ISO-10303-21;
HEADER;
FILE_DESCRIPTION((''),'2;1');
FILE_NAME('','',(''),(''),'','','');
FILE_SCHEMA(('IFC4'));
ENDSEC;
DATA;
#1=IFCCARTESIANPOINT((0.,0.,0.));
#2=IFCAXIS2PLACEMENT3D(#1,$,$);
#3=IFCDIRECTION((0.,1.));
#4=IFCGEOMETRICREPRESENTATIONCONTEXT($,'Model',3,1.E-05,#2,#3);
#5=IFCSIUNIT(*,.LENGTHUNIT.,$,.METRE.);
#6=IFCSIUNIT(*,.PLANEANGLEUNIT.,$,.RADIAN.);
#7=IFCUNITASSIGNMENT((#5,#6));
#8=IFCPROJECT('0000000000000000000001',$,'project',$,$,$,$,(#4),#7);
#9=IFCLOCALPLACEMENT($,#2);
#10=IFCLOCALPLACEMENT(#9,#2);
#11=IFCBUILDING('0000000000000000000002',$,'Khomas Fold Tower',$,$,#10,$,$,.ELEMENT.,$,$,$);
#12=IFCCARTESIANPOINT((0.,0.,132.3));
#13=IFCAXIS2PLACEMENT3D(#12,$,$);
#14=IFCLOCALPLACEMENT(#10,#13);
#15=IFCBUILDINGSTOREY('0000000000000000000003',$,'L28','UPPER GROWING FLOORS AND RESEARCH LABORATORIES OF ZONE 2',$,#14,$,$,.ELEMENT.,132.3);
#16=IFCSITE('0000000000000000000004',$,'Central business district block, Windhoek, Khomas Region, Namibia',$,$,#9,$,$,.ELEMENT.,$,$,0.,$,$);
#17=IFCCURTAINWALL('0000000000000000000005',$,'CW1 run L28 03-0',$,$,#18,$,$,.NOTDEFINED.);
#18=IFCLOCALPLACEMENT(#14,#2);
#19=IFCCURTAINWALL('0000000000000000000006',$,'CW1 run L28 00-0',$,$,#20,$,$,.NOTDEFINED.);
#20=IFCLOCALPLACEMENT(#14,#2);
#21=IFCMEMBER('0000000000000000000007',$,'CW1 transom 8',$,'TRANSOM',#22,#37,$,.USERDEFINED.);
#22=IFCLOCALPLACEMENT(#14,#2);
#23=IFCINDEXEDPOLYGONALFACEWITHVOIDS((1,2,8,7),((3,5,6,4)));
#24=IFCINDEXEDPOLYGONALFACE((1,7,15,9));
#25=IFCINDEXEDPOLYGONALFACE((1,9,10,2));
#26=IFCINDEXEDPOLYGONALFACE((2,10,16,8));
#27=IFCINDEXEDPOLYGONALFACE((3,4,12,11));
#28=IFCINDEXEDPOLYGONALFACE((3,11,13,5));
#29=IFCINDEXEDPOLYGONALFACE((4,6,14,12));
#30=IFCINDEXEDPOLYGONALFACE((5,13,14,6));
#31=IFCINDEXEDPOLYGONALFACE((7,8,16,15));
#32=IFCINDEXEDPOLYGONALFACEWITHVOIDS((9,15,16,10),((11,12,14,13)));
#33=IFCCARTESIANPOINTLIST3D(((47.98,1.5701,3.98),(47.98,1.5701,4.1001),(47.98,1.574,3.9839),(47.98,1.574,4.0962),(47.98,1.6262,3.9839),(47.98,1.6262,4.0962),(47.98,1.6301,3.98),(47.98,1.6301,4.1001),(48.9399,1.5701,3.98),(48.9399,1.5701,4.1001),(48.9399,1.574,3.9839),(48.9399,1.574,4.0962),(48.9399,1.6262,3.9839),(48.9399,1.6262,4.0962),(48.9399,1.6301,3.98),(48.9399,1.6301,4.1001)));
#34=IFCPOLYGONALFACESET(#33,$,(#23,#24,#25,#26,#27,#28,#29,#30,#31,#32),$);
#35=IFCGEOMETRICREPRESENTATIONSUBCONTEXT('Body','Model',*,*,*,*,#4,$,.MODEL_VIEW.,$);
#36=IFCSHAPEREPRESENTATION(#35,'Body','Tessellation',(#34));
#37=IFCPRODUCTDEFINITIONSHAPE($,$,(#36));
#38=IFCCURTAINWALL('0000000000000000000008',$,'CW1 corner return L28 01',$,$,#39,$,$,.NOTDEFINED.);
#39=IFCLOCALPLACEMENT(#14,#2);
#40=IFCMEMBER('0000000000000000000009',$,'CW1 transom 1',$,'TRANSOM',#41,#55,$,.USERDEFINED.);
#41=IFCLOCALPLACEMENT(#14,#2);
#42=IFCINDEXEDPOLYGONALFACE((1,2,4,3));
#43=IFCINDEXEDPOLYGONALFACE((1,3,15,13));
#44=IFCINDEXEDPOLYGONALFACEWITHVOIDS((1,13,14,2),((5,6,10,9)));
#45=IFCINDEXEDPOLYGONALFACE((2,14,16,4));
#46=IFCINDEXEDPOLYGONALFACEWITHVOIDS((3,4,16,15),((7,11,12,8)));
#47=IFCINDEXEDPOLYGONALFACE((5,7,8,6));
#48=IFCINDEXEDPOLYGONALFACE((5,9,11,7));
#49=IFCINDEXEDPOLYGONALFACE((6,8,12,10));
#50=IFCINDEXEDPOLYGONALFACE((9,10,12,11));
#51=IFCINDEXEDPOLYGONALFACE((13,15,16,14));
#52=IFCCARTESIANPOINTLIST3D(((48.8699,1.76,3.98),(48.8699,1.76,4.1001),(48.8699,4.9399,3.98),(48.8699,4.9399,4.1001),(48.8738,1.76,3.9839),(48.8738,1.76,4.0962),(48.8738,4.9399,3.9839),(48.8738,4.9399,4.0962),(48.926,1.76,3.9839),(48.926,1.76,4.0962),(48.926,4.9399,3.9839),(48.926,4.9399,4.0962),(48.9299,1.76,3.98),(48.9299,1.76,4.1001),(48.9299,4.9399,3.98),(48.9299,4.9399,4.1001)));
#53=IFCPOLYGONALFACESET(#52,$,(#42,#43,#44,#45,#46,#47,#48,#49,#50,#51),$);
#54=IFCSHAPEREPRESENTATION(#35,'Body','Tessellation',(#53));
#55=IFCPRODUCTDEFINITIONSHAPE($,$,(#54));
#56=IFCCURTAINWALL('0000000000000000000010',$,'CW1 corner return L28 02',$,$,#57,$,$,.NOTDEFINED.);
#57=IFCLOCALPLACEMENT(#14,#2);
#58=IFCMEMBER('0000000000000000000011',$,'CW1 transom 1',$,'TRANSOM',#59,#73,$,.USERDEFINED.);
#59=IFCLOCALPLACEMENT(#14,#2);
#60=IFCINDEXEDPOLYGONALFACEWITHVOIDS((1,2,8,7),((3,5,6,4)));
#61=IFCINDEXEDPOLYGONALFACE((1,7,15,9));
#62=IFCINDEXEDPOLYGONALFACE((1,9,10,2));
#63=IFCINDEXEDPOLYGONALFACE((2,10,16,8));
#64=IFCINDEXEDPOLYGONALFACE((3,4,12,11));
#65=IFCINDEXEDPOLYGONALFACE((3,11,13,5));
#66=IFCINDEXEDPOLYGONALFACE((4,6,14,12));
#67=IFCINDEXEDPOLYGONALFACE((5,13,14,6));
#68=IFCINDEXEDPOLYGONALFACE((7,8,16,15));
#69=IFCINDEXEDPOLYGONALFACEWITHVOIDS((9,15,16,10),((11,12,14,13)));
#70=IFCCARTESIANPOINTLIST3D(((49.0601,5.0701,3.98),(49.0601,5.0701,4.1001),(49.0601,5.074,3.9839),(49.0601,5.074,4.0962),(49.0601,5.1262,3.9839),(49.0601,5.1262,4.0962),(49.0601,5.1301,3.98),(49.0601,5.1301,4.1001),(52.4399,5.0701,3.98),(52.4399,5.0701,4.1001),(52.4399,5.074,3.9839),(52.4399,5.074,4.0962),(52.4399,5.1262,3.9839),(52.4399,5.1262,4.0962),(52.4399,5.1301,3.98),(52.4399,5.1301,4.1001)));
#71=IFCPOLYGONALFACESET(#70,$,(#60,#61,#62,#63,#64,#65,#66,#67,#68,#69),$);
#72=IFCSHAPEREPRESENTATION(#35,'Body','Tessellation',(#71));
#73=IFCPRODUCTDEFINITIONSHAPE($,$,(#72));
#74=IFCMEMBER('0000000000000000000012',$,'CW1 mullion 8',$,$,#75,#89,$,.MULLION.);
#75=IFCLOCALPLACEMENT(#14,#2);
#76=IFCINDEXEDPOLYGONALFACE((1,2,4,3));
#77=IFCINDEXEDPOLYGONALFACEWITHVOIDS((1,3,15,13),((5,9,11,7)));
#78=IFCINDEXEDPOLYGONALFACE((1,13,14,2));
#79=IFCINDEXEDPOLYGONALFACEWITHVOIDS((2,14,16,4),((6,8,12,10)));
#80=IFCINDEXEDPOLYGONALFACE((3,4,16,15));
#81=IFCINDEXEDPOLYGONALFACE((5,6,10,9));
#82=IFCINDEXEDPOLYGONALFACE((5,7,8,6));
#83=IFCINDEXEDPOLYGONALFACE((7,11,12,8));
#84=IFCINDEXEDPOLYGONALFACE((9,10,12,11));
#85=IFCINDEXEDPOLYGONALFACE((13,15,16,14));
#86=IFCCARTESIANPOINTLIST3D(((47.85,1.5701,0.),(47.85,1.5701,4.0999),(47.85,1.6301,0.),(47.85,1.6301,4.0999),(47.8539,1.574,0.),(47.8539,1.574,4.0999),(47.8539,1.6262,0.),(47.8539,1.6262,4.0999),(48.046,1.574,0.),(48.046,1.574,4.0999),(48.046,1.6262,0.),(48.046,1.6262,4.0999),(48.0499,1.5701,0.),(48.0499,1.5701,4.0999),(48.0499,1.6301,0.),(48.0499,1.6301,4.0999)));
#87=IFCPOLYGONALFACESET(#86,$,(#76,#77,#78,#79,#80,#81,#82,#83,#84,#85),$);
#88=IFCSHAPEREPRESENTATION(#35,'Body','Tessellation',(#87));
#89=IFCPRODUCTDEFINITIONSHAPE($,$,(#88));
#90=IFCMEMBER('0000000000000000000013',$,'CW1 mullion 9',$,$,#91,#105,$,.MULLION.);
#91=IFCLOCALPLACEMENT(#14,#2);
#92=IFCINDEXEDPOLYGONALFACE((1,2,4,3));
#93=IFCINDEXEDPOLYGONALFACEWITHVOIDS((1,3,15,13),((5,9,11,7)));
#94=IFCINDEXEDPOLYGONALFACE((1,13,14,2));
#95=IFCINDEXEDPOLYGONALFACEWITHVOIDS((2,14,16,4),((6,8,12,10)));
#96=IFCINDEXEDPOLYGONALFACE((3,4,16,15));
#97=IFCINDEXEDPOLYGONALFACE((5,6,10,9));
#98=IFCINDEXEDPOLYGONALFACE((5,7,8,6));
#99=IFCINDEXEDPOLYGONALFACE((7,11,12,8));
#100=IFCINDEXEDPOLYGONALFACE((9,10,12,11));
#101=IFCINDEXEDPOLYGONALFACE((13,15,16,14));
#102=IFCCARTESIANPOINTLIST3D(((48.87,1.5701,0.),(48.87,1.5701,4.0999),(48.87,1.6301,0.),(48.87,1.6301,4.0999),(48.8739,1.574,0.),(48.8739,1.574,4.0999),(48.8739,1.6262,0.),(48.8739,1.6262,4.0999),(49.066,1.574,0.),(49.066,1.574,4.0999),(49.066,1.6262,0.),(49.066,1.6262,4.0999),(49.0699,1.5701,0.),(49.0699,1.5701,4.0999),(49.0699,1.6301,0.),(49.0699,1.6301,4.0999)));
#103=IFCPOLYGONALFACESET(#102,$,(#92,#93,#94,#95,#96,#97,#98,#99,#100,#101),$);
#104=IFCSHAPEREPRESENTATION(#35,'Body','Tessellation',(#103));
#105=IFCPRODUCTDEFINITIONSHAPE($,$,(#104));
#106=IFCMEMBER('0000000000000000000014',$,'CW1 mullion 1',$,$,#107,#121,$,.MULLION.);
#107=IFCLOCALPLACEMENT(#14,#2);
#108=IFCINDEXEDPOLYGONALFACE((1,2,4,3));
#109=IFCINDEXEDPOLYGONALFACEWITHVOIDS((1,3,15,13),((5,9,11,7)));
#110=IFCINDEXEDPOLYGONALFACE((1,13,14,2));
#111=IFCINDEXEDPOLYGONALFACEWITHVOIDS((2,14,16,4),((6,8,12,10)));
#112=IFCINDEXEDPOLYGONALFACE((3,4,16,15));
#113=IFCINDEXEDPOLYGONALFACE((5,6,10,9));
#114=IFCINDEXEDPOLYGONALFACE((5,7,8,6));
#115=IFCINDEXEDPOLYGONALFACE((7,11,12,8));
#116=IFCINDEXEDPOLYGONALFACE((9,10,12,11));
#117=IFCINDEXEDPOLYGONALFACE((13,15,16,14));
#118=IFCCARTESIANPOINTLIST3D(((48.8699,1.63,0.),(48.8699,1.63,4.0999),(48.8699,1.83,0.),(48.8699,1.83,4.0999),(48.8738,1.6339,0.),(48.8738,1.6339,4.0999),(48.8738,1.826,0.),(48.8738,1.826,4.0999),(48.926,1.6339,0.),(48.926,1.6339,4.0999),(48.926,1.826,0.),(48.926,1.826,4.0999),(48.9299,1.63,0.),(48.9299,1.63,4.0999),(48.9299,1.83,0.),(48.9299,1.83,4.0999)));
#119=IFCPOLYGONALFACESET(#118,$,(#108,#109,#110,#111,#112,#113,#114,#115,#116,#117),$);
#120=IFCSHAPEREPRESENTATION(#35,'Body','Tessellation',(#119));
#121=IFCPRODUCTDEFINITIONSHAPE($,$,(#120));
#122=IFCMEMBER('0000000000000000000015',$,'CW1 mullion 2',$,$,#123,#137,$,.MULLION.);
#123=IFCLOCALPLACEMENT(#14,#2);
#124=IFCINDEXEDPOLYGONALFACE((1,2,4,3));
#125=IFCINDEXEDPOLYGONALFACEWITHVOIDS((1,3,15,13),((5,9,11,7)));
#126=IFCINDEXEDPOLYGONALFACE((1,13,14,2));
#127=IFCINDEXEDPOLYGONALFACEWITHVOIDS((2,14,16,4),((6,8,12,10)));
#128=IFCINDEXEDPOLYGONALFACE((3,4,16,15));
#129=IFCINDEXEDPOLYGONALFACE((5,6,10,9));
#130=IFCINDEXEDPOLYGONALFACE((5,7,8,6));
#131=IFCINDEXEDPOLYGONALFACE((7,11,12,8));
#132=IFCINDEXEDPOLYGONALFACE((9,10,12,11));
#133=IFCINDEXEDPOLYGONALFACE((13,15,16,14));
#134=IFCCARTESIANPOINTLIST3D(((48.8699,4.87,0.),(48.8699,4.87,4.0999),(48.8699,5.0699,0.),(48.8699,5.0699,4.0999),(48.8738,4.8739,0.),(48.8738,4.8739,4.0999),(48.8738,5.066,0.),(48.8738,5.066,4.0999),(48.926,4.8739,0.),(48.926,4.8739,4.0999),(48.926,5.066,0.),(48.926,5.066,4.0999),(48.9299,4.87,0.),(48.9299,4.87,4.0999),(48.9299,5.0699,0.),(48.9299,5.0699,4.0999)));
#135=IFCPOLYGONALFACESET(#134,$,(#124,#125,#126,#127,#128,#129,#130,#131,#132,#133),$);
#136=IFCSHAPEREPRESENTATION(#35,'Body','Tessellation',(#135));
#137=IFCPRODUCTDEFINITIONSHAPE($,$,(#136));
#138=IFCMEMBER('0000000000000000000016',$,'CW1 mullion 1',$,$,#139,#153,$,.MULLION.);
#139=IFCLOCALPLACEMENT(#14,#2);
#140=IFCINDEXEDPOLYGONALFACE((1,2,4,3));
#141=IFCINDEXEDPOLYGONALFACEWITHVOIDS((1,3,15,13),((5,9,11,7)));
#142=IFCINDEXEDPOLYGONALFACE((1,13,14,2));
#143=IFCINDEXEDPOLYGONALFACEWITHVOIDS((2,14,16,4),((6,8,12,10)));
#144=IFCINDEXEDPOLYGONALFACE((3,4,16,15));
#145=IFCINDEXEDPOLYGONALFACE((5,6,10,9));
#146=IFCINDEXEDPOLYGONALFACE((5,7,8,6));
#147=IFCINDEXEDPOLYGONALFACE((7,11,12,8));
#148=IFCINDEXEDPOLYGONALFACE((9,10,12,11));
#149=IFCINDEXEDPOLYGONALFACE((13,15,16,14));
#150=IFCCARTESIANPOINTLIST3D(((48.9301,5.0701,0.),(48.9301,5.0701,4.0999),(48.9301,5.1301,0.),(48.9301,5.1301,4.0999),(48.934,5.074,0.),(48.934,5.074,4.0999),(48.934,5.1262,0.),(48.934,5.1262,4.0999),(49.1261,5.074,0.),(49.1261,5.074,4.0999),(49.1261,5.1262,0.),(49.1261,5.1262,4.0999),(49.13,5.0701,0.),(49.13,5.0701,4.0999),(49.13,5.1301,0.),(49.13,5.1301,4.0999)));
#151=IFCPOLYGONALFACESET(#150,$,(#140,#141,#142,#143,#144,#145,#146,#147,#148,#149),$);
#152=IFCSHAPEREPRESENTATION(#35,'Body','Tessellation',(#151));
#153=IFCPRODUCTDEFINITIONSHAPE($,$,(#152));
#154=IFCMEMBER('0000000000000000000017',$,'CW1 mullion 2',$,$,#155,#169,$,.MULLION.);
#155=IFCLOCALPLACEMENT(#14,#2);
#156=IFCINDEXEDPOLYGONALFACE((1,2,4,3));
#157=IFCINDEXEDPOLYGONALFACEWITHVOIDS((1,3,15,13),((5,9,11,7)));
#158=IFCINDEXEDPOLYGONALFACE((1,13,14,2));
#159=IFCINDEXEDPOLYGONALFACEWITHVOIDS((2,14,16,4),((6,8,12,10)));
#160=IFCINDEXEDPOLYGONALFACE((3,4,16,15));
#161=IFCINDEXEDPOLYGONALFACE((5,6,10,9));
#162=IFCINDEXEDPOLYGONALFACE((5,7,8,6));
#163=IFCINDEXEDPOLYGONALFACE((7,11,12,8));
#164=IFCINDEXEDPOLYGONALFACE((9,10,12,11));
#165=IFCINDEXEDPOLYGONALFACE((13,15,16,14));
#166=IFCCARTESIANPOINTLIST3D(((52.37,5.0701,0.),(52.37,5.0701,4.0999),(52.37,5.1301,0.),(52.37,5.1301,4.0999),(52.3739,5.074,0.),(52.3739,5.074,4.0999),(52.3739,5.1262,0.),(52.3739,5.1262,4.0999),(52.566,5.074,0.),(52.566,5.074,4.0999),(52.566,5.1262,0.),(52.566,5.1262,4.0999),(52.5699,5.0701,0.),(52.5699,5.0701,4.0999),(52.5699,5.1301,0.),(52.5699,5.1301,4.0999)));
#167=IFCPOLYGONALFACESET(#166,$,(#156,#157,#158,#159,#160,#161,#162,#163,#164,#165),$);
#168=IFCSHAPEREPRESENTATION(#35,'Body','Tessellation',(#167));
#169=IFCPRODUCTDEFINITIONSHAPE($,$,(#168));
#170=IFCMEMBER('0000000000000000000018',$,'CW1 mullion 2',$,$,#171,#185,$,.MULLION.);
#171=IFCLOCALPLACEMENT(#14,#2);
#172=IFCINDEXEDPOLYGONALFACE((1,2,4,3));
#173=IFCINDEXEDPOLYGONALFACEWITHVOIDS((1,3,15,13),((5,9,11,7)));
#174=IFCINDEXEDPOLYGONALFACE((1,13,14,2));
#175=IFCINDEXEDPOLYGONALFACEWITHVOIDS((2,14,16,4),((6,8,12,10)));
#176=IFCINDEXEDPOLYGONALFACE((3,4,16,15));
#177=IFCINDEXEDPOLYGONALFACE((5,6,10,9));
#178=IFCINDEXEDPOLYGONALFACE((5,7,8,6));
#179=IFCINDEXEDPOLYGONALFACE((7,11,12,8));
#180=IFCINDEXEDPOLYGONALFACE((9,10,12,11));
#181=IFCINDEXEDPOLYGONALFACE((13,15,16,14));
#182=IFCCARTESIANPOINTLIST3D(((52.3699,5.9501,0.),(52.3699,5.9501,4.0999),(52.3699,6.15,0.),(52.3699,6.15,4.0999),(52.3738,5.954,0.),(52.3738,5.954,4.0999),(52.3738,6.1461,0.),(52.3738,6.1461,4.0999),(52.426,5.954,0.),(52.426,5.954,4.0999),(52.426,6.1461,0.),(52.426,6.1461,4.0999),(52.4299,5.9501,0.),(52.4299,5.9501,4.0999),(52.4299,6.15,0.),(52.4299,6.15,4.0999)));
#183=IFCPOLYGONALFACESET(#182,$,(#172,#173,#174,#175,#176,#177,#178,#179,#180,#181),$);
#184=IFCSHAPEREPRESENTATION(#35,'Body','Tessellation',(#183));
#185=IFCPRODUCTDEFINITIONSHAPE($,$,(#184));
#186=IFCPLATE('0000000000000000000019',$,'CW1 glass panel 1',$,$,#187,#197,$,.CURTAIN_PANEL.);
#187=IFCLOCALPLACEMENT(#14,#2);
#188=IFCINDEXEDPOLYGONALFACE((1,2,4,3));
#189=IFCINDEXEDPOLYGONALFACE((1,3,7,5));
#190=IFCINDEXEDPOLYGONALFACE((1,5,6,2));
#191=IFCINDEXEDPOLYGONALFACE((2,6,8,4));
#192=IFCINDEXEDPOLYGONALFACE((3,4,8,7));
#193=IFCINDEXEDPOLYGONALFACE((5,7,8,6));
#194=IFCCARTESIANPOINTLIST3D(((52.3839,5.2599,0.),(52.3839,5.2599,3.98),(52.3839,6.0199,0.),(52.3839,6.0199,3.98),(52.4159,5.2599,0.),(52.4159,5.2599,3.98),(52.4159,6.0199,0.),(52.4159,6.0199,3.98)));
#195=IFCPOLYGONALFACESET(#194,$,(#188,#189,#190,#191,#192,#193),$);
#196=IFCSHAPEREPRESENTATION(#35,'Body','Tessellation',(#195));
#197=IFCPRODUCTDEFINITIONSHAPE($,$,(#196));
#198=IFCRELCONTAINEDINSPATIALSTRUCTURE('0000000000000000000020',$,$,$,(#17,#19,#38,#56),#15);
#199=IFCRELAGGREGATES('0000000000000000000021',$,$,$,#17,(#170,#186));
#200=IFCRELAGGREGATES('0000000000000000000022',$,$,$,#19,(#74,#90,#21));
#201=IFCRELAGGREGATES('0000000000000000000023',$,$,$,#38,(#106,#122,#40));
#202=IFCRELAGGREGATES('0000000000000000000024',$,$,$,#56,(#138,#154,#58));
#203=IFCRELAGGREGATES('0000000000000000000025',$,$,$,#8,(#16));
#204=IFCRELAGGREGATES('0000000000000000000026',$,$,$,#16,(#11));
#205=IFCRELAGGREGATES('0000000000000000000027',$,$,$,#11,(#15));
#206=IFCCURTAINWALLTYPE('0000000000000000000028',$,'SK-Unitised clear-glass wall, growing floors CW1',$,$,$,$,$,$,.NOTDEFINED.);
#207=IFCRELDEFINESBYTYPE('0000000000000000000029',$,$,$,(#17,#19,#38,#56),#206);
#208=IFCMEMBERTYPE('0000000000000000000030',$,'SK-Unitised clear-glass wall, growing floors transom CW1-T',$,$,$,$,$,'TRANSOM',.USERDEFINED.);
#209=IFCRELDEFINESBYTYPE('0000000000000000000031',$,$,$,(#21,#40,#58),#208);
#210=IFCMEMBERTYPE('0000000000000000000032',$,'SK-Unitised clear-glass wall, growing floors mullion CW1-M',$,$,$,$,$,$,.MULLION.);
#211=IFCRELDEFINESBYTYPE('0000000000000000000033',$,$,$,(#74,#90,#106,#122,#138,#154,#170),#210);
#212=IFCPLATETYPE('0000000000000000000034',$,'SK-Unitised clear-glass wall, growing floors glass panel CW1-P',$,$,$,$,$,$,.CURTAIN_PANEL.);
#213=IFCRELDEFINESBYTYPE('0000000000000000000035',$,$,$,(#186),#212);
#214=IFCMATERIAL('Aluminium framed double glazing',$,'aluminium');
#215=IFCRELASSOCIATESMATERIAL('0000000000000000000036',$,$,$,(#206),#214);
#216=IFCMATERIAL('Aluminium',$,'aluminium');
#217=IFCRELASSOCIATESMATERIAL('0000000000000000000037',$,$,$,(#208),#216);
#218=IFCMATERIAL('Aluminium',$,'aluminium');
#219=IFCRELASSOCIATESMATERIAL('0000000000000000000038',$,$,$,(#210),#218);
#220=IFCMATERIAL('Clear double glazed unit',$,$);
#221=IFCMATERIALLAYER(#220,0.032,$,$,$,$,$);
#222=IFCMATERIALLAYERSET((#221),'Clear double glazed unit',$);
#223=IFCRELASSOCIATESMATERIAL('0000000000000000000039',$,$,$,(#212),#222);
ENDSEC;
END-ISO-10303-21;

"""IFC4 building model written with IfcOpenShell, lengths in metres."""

from ifc_helpers import new_model, si_unit, direction, frame, origin, origin_2d, place, context, subcontext, project, spatial, rectangle, hollow_rectangle, extrude, source, transform, mapped, material, layer, layer_set, material_profile, profile_set, type_object, element, aggregate, save


model = new_model("IFC4")

# Units and contexts
model_context = context("Model", 3, precision=1e-05, world=origin(), true_north=direction((0.0, 1.0)))
body_context = subcontext(model_context, "Body", "Model", "MODEL_VIEW")
ifc_project = project(units=[si_unit("LENGTHUNIT", "METRE"), si_unit("PLANEANGLEUNIT", "RADIAN")], contexts=[model_context])

# Site, building, storey
site_placement = place(None, origin())
site = spatial("IfcSite", under=ifc_project, at=site_placement, Name="Central business district block, Windhoek, Khomas Region, Namibia", CompositionType="ELEMENT", RefElevation=0.0)
building_placement = place(site_placement, origin())
building = spatial("IfcBuilding", under=site, at=building_placement, Name="Khomas Fold Tower", CompositionType="ELEMENT")
storey_placement = place(building_placement, frame((0.0, 0.0, 132.3)))
storey = spatial("IfcBuildingStorey", under=building, at=storey_placement, Name="L28", Description="UPPER GROWING FLOORS AND RESEARCH LABORATORIES OF ZONE 2", CompositionType="ELEMENT", Elevation=132.3)

# Curtain wall
ifc_material_1 = material(Name="Aluminium framed double glazing", Category="aluminium")
curtain_wall_type = type_object("IfcCurtainWallType", Name="SK-Unitised clear-glass wall, growing floors CW1", PredefinedType="NOTDEFINED", material=ifc_material_1)
curtain_wall_1_placement = place(storey_placement, origin())
curtain_wall_1 = element("IfcCurtainWall", 1, at=curtain_wall_1_placement, inside=storey, type_object=curtain_wall_type, Name="CW1 run L28 03-0", PredefinedType="NOTDEFINED")
ifc_material_2 = material(Name="Aluminium", Category="aluminium")
ifc_material_profile_1 = material_profile(ifc_material_2, hollow_rectangle(XDim=0.0601, YDim=0.1201, WallThickness=0.0039, at=origin_2d()), Name="SK-Unitised clear-glass wall, growing floors transom CW1-T")
ifc_profile_set_1 = profile_set([ifc_material_profile_1], Name="Aluminium")
member_type_1 = type_object("IfcMemberType", Name="SK-Unitised clear-glass wall, growing floors transom CW1-T", ElementType="TRANSOM", PredefinedType="USERDEFINED", material=ifc_profile_set_1)

# Curtain walls, members
curtain_wall_2_placement = place(storey_placement, origin())
curtain_wall_2 = element("IfcCurtainWall", 2, at=curtain_wall_2_placement, inside=storey, type_object=curtain_wall_type, Name="CW1 run L28 00-0", PredefinedType="NOTDEFINED")
shared_shape_1 = source(origin(), body_context, "Body", "SweptSolid", [
    extrude(hollow_rectangle(XDim=0.0601, YDim=0.1201, WallThickness=0.0039, at=origin_2d()), origin(), (0.0, 0.0, 1.0), 0.96),
])
member_1_placement = place(storey_placement, frame((47.98, 1.6001, 4.04), z_axis=(1.0, 0.0, 0.0), x_axis=(0.0, 1.0, 0.0)))
member_1 = element("IfcMember", 3, at=member_1_placement, type_object=member_type_1, Name="CW1 transom 8", ObjectType="TRANSOM", PredefinedType="USERDEFINED", context=body_context, shape_type="MappedRepresentation", body=[
    mapped(shared_shape_1, transform((0.0, 0.0, 0.0))),
])
curtain_wall_3_placement = place(storey_placement, origin())
curtain_wall_3 = element("IfcCurtainWall", 4, at=curtain_wall_3_placement, inside=storey, type_object=curtain_wall_type, Name="CW1 corner return L28 01", PredefinedType="NOTDEFINED")
shared_shape_2 = source(origin(), body_context, "Body", "SweptSolid", [
    extrude(hollow_rectangle(XDim=0.0601, YDim=0.1201, WallThickness=0.0039, at=origin_2d()), origin(), (0.0, 0.0, 1.0), 3.1799),
])
member_2_placement = place(storey_placement, frame((48.8999, 1.76, 4.04), z_axis=(0.0, 1.0, 0.0), x_axis=(-1.0, 0.0, 0.0)))
member_2 = element("IfcMember", 5, at=member_2_placement, type_object=member_type_1, Name="CW1 transom 1", ObjectType="TRANSOM", PredefinedType="USERDEFINED", context=body_context, shape_type="MappedRepresentation", body=[
    mapped(shared_shape_2, transform((0.0, 0.0, 0.0))),
])
curtain_wall_4_placement = place(storey_placement, origin())
curtain_wall_4 = element("IfcCurtainWall", 6, at=curtain_wall_4_placement, inside=storey, type_object=curtain_wall_type, Name="CW1 corner return L28 02", PredefinedType="NOTDEFINED")
shared_shape_3 = source(origin(), body_context, "Body", "SweptSolid", [
    extrude(hollow_rectangle(XDim=0.0601, YDim=0.1201, WallThickness=0.0039, at=origin_2d()), origin(), (0.0, 0.0, 1.0), 3.3799),
])
member_3_placement = place(storey_placement, frame((49.0601, 5.1001, 4.04), z_axis=(1.0, 0.0, 0.0), x_axis=(0.0, 1.0, 0.0)))
member_3 = element("IfcMember", 7, at=member_3_placement, type_object=member_type_1, Name="CW1 transom 1", ObjectType="TRANSOM", PredefinedType="USERDEFINED", context=body_context, shape_type="MappedRepresentation", body=[
    mapped(shared_shape_3, transform((0.0, 0.0, 0.0))),
])

# Members
ifc_material_3 = material(Name="Aluminium", Category="aluminium")
ifc_material_profile_2 = material_profile(ifc_material_3, hollow_rectangle(XDim=0.0601, YDim=0.2, WallThickness=0.0039, at=origin_2d()), Name="SK-Unitised clear-glass wall, growing floors mullion CW1-M")
ifc_profile_set_2 = profile_set([ifc_material_profile_2], Name="Aluminium")
member_type_2 = type_object("IfcMemberType", Name="SK-Unitised clear-glass wall, growing floors mullion CW1-M", PredefinedType="MULLION", material=ifc_profile_set_2)
shared_shape_4 = source(origin(), body_context, "Body", "SweptSolid", [
    extrude(hollow_rectangle(XDim=0.0601, YDim=0.2, WallThickness=0.0039, at=origin_2d()), origin(), (0.0, 0.0, 1.0), 4.0999),
])
member_4_placement = place(storey_placement, frame((47.95, 1.6001, 0.0), z_axis=(0.0, 0.0, 1.0), x_axis=(0.0, 1.0, 0.0)))
member_4 = element("IfcMember", 8, at=member_4_placement, type_object=member_type_2, Name="CW1 mullion 8", PredefinedType="MULLION", context=body_context, shape_type="MappedRepresentation", body=[
    mapped(shared_shape_4, transform((0.0, 0.0, 0.0))),
])
member_5_placement = place(storey_placement, frame((48.97, 1.6001, 0.0), z_axis=(0.0, 0.0, 1.0), x_axis=(0.0, 1.0, 0.0)))
member_5 = element("IfcMember", 9, at=member_5_placement, type_object=member_type_2, Name="CW1 mullion 9", PredefinedType="MULLION", context=body_context, shape_type="MappedRepresentation", body=[
    mapped(shared_shape_4, transform((0.0, 0.0, 0.0))),
])
member_6_placement = place(storey_placement, frame((48.8999, 1.73, 0.0), z_axis=(0.0, 0.0, 1.0), x_axis=(-1.0, 0.0, 0.0)))
member_6 = element("IfcMember", 10, at=member_6_placement, type_object=member_type_2, Name="CW1 mullion 1", PredefinedType="MULLION", context=body_context, shape_type="MappedRepresentation", body=[
    mapped(shared_shape_4, transform((0.0, 0.0, 0.0))),
])
member_7_placement = place(storey_placement, frame((48.8999, 4.97, 0.0), z_axis=(0.0, 0.0, 1.0), x_axis=(-1.0, 0.0, 0.0)))
member_7 = element("IfcMember", 11, at=member_7_placement, type_object=member_type_2, Name="CW1 mullion 2", PredefinedType="MULLION", context=body_context, shape_type="MappedRepresentation", body=[
    mapped(shared_shape_4, transform((0.0, 0.0, 0.0))),
])
member_8_placement = place(storey_placement, frame((49.03, 5.1001, 0.0), z_axis=(0.0, 0.0, 1.0), x_axis=(0.0, 1.0, 0.0)))
member_8 = element("IfcMember", 12, at=member_8_placement, type_object=member_type_2, Name="CW1 mullion 1", PredefinedType="MULLION", context=body_context, shape_type="MappedRepresentation", body=[
    mapped(shared_shape_4, transform((0.0, 0.0, 0.0))),
])
member_9_placement = place(storey_placement, frame((52.47, 5.1001, 0.0), z_axis=(0.0, 0.0, 1.0), x_axis=(0.0, 1.0, 0.0)))
member_9 = element("IfcMember", 13, at=member_9_placement, type_object=member_type_2, Name="CW1 mullion 2", PredefinedType="MULLION", context=body_context, shape_type="MappedRepresentation", body=[
    mapped(shared_shape_4, transform((0.0, 0.0, 0.0))),
])
member_10_placement = place(storey_placement, frame((52.3999, 6.05, 0.0), z_axis=(0.0, 0.0, 1.0), x_axis=(-1.0, 0.0, 0.0)))
member_10 = element("IfcMember", 14, at=member_10_placement, type_object=member_type_2, Name="CW1 mullion 2", PredefinedType="MULLION", context=body_context, shape_type="MappedRepresentation", body=[
    mapped(shared_shape_4, transform((0.0, 0.0, 0.0))),
])

# Plate
ifc_material_4 = material(Name="Clear double glazed unit")
ifc_layer = layer(ifc_material_4, 0.032)
ifc_layer_set = layer_set([ifc_layer], Name="Clear double glazed unit")
plate_type = type_object("IfcPlateType", Name="SK-Unitised clear-glass wall, growing floors glass panel CW1-P", PredefinedType="CURTAIN_PANEL", material=ifc_layer_set)
shared_shape_5 = source(origin(), body_context, "Body", "SweptSolid", [
    extrude(rectangle(XDim=0.76, YDim=0.032, at=origin_2d()), origin(), (0.0, 0.0, 1.0), 3.98),
])
plate_1_placement = place(storey_placement, frame((52.3999, 5.6399, 0.0), z_axis=(0.0, 0.0, 1.0), x_axis=(0.0, 1.0, 0.0)))
plate_1 = element("IfcPlate", 15, at=plate_1_placement, type_object=plate_type, Name="CW1 glass panel 1", PredefinedType="CURTAIN_PANEL", context=body_context, shape_type="MappedRepresentation", body=[
    mapped(shared_shape_5, transform((0.0, 0.0, 0.0))),
])
aggregate(curtain_wall_1, [member_10, plate_1])
aggregate(curtain_wall_2, [member_4, member_5, member_1])
aggregate(curtain_wall_3, [member_6, member_7, member_2])
aggregate(curtain_wall_4, [member_8, member_9, member_3])

save(model, "model.ifc")
